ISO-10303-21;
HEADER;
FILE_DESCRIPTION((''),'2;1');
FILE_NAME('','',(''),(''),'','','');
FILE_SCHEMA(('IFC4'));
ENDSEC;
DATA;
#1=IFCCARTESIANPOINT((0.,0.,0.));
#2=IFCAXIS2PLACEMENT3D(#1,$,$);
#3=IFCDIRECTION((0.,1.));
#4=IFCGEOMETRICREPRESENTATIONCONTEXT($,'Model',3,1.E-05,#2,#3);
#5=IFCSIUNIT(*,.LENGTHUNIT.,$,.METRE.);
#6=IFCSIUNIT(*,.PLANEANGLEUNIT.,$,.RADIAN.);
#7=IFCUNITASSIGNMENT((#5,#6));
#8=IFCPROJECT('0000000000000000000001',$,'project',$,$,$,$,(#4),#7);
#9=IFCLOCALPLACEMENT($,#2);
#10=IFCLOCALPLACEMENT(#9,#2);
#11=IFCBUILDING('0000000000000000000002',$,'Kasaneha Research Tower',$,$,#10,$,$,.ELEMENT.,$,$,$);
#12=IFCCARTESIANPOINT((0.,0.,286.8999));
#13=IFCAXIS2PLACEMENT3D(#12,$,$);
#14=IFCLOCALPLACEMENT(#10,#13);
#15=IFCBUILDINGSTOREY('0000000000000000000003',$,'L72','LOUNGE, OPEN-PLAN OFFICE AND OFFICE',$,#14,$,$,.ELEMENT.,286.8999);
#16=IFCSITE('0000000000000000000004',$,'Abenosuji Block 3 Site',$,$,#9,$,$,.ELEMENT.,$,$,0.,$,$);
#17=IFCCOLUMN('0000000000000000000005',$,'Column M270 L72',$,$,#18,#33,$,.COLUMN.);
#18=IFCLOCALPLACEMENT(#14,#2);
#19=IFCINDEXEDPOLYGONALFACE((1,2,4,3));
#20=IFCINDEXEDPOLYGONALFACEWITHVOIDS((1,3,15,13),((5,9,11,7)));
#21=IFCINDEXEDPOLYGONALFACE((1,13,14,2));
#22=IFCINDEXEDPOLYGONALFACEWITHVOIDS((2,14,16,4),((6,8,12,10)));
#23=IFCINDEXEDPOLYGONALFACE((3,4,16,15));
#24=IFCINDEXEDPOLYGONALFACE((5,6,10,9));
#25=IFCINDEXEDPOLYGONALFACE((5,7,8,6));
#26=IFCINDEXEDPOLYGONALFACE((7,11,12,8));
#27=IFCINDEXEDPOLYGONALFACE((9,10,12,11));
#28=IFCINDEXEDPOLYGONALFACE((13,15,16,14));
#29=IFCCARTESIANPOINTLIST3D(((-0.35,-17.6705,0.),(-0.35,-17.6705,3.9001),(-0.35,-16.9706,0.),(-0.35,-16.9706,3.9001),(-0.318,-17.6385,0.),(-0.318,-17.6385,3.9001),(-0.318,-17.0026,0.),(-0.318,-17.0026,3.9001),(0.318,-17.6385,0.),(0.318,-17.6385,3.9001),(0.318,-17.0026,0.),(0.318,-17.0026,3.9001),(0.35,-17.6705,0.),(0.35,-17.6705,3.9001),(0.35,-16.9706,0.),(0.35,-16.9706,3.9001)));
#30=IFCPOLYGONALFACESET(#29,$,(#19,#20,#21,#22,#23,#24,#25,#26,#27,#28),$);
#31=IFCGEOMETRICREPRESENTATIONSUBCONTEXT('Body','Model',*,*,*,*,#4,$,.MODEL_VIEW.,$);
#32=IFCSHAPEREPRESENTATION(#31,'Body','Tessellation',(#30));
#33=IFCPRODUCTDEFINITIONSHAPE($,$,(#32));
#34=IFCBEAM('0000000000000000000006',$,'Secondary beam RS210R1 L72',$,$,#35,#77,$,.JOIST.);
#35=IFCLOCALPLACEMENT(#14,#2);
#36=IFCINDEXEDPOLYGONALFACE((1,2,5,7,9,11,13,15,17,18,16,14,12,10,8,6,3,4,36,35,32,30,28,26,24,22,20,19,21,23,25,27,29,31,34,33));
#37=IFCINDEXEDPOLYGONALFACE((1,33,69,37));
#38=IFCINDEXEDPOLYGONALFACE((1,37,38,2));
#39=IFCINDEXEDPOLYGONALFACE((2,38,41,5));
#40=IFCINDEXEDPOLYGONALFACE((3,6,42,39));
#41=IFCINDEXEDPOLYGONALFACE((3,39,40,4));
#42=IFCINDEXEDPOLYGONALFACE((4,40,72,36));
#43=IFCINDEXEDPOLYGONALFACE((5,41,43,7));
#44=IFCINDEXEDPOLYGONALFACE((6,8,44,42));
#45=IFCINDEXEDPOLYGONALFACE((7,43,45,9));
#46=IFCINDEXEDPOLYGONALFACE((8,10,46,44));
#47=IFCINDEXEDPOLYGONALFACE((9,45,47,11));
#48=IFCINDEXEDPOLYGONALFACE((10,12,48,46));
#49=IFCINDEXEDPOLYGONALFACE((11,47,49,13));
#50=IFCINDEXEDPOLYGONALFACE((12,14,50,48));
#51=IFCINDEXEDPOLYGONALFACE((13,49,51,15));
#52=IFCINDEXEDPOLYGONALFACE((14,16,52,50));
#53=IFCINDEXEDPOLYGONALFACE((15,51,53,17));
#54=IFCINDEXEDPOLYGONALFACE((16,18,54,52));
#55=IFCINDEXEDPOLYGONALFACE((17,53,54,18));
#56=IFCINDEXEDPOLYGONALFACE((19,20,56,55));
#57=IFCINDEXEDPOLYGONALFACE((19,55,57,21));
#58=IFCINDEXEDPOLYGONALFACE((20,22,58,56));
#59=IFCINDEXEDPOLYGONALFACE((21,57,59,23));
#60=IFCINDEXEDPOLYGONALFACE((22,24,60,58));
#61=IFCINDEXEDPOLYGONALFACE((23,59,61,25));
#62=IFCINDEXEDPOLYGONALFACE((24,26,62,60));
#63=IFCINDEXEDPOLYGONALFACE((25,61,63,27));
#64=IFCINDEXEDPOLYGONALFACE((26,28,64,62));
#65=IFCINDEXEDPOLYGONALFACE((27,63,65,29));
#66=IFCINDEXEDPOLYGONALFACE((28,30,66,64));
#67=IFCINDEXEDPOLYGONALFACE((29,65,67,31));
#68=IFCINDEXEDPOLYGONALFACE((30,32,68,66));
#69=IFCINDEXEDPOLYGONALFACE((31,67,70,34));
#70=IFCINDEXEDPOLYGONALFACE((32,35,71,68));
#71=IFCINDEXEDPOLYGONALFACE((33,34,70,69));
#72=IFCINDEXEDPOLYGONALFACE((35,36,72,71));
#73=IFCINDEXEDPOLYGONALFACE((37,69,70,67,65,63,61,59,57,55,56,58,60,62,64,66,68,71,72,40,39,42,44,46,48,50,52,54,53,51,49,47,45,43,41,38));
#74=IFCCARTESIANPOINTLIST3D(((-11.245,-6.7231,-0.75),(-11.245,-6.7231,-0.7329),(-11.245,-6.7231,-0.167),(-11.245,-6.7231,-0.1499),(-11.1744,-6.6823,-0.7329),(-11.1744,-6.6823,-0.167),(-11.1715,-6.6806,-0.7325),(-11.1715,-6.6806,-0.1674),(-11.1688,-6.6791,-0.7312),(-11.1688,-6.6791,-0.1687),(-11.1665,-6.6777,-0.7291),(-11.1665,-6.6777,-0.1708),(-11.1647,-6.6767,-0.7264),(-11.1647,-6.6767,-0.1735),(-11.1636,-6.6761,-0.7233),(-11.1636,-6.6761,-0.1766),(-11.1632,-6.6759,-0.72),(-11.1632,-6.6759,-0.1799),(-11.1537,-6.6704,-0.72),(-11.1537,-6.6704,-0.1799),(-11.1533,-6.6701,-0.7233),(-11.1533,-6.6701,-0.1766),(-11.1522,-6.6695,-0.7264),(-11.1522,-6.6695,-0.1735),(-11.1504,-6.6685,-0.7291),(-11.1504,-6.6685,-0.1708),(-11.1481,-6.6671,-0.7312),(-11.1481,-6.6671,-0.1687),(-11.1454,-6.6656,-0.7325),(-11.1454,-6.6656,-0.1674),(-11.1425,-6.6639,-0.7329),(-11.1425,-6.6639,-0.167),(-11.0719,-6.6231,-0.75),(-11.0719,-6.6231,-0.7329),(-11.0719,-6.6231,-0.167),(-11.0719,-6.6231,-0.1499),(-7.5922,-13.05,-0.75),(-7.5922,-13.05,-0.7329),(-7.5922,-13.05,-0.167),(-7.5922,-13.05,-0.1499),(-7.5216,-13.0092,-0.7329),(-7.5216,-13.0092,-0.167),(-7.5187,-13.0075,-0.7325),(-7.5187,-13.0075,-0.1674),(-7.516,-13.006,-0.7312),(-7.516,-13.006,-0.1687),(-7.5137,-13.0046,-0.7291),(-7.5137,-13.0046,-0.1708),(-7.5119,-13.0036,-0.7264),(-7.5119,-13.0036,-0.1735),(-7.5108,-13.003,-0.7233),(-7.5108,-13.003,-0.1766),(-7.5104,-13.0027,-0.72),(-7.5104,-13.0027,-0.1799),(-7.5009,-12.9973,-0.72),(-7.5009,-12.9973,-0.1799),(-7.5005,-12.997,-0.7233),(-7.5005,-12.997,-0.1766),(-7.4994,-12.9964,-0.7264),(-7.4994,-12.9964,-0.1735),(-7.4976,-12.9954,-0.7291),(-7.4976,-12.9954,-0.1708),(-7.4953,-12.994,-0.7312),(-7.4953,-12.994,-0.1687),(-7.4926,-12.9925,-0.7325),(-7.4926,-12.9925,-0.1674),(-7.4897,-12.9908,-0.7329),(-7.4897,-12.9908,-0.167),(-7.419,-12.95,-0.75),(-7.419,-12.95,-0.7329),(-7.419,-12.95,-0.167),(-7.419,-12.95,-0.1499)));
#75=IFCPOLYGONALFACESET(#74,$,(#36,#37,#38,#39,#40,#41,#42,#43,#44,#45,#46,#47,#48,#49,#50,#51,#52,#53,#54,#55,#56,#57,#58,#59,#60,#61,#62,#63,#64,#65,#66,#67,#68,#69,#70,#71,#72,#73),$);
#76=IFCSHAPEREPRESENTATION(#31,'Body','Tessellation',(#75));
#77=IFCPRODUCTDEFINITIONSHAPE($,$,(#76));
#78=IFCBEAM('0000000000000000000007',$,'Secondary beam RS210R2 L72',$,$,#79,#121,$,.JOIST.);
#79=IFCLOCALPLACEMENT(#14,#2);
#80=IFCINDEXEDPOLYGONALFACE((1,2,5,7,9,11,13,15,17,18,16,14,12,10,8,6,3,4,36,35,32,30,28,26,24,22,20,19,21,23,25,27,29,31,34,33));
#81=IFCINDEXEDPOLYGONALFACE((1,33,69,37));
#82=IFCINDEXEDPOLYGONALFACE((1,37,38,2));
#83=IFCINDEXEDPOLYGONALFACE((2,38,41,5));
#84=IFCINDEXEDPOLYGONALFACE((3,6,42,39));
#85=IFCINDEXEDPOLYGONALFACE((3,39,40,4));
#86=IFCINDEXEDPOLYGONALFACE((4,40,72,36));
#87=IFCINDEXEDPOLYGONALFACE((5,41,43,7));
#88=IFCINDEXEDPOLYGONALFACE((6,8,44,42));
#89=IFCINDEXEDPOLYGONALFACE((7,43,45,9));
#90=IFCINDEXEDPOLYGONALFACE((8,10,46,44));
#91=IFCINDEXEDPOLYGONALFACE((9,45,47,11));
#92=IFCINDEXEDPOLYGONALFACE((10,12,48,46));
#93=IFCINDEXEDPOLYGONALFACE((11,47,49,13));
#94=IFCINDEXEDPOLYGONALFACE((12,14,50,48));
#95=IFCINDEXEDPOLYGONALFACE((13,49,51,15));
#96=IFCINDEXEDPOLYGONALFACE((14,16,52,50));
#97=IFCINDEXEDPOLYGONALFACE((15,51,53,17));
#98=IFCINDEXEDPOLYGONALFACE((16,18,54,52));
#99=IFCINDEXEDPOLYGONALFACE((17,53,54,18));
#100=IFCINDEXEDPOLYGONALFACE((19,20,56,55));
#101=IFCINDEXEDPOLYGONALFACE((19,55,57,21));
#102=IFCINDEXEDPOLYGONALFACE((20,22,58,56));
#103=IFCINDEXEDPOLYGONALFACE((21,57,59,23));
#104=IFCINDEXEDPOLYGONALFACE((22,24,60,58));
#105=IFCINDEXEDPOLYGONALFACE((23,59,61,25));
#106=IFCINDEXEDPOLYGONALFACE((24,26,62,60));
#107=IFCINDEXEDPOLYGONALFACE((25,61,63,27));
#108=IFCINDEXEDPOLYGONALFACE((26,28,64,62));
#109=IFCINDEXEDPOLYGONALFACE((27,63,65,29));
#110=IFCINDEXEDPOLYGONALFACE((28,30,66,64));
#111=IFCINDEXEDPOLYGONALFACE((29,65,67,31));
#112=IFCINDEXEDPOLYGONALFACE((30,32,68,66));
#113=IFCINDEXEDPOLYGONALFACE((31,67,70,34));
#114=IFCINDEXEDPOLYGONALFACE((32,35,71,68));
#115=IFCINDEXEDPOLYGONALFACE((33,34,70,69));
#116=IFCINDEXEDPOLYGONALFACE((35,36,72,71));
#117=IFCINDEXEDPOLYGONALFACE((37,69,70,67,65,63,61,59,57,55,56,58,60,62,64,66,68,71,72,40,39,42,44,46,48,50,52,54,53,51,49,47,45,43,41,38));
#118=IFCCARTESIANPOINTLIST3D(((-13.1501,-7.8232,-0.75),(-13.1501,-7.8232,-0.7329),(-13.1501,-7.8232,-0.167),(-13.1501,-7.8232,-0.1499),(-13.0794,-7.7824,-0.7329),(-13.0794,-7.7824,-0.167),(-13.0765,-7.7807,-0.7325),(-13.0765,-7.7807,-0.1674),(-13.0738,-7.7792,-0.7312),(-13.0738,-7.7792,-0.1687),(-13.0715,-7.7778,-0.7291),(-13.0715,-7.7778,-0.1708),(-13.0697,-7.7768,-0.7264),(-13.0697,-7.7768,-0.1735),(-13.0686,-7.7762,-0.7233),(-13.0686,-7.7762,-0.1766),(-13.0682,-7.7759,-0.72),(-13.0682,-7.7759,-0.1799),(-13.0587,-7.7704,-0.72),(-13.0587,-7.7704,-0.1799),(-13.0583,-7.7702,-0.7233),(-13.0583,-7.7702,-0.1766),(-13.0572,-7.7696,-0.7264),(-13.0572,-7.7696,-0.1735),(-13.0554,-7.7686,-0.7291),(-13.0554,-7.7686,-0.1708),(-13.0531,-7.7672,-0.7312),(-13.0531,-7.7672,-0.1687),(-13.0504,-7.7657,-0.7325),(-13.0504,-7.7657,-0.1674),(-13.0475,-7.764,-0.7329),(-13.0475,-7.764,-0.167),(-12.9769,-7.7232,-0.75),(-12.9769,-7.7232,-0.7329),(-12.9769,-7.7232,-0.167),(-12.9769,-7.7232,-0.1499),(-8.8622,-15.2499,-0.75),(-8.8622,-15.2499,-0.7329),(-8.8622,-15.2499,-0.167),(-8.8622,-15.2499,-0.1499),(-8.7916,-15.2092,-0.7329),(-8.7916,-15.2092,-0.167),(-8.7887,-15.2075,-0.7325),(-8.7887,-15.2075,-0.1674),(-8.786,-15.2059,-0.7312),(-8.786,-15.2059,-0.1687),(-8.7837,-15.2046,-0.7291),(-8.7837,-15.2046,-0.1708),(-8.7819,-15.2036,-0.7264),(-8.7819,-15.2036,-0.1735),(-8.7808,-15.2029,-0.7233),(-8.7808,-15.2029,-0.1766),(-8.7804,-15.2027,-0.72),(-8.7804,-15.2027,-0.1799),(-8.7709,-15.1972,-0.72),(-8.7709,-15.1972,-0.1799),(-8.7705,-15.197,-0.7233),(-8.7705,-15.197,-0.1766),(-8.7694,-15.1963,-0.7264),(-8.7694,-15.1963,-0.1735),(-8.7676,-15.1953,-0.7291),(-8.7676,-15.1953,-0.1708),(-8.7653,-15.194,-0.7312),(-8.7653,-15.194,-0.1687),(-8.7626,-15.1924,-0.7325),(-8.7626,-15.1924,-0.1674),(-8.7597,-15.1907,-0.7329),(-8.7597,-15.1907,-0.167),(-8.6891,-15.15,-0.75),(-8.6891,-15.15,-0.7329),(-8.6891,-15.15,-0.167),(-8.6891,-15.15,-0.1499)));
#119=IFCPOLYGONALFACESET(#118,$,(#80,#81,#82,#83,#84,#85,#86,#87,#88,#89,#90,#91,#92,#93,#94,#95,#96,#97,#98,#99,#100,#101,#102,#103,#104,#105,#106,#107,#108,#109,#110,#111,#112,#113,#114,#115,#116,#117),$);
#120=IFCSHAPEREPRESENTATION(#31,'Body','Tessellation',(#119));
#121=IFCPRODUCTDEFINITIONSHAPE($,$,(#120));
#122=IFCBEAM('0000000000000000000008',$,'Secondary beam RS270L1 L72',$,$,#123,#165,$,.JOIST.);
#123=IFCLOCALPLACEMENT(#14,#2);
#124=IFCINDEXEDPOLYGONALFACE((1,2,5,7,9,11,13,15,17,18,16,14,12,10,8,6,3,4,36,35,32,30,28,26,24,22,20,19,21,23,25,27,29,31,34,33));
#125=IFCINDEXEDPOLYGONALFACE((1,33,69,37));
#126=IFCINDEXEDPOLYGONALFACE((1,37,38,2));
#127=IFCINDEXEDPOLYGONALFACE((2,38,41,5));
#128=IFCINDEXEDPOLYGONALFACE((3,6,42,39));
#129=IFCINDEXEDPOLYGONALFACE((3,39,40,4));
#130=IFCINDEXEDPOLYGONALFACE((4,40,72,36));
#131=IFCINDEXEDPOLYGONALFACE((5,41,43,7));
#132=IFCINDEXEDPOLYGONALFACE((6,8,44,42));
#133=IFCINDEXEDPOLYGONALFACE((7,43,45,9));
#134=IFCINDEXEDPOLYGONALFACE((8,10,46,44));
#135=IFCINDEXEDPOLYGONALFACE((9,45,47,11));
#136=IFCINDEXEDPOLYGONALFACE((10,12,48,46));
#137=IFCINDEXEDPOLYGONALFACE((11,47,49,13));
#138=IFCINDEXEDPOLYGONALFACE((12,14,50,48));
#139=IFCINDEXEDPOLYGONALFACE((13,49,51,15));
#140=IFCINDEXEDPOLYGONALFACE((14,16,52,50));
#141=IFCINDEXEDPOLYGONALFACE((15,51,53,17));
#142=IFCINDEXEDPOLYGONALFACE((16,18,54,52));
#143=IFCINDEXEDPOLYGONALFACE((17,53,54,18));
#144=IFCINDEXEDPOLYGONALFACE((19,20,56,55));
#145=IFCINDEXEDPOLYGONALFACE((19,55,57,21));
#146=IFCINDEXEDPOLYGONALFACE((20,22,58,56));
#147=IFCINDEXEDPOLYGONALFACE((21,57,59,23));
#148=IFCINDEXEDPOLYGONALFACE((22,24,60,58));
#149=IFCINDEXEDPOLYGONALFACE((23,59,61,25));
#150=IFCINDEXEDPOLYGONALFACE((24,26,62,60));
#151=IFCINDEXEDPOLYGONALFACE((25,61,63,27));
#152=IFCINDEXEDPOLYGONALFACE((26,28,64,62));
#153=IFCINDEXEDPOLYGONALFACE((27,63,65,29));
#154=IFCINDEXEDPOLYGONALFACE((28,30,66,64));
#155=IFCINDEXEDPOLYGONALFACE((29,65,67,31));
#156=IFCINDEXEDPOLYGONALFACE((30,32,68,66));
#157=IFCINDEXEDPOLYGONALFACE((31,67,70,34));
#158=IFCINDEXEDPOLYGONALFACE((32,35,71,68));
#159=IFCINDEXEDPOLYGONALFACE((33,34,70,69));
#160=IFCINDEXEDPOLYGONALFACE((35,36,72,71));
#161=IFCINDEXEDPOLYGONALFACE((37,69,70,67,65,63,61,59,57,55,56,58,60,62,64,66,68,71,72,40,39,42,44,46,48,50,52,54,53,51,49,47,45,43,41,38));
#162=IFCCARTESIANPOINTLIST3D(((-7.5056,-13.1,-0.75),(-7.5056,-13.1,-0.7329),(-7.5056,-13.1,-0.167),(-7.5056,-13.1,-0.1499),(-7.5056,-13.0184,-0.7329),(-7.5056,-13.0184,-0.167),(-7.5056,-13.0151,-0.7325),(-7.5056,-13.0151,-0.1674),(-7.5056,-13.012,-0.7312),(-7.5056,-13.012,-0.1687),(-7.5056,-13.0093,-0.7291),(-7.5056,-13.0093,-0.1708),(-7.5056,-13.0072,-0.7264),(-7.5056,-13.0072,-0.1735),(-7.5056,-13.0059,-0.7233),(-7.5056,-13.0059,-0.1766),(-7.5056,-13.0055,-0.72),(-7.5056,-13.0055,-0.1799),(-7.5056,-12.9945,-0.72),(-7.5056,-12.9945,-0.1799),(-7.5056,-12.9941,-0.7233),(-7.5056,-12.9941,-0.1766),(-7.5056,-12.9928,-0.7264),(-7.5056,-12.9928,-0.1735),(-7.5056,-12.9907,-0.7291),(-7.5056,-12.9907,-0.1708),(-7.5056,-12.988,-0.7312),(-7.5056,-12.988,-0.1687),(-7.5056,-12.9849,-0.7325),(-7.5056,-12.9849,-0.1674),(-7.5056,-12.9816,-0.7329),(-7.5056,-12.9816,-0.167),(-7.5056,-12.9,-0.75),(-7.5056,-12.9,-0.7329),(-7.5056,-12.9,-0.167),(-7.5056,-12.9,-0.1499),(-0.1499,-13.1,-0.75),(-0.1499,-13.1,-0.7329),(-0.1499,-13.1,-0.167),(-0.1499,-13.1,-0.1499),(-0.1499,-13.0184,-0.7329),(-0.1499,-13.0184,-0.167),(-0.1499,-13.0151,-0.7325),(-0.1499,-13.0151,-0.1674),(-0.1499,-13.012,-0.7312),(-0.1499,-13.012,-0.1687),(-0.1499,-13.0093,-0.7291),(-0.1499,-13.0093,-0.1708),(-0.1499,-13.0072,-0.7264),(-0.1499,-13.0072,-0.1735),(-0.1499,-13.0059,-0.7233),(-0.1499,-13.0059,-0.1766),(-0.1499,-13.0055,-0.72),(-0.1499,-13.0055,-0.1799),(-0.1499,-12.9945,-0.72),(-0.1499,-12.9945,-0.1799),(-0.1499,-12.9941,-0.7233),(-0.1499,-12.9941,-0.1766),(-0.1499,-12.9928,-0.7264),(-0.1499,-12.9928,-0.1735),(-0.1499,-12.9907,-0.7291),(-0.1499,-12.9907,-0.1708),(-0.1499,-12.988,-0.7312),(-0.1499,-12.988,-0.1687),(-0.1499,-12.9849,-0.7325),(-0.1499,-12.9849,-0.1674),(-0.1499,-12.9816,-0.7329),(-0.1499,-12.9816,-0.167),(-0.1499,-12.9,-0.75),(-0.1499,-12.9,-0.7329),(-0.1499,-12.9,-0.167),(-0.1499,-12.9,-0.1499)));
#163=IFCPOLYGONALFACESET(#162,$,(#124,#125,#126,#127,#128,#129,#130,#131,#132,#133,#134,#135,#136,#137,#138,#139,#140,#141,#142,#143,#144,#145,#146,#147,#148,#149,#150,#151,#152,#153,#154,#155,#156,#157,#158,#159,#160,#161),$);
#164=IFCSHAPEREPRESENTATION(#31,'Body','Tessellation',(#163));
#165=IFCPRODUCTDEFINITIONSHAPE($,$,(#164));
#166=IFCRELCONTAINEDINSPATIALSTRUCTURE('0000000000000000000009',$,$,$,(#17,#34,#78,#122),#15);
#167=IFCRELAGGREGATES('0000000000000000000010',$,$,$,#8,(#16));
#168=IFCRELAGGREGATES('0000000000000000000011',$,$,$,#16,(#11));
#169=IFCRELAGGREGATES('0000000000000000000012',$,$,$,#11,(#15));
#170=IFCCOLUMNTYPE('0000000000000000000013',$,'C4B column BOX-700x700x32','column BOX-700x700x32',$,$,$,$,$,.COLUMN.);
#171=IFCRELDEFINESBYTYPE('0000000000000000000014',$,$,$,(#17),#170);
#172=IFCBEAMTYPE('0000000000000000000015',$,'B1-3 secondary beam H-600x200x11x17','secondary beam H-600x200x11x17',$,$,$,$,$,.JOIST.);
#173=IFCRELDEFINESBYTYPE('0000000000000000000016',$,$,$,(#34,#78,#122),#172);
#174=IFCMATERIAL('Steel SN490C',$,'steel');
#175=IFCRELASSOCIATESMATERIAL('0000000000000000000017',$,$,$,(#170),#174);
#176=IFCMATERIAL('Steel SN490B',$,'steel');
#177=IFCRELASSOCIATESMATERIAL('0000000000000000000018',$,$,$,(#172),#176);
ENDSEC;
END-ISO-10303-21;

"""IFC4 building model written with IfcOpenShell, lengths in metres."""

from ifc_helpers import new_model, si_unit, direction, frame, origin, origin_2d, place, context, subcontext, project, spatial, hollow_rectangle, i_section, extrude, material, material_profile, profile_set, type_object, element, save


model = new_model("IFC4")

# Units and contexts
model_context = context("Model", 3, precision=1e-05, world=origin(), true_north=direction((0.0, 1.0)))
body_context = subcontext(model_context, "Body", "Model", "MODEL_VIEW")
ifc_project = project(units=[si_unit("LENGTHUNIT", "METRE"), si_unit("PLANEANGLEUNIT", "RADIAN")], contexts=[model_context])

# Site, building, storey
site_placement = place(None, origin())
site = spatial("IfcSite", under=ifc_project, at=site_placement, Name="Abenosuji Block 3 Site", CompositionType="ELEMENT", RefElevation=0.0)
building_placement = place(site_placement, origin())
building = spatial("IfcBuilding", under=site, at=building_placement, Name="Kasaneha Research Tower", CompositionType="ELEMENT")
storey_placement = place(building_placement, frame((0.0, 0.0, 286.8999)))
storey = spatial("IfcBuildingStorey", under=building, at=storey_placement, Name="L72", Description="LOUNGE, OPEN-PLAN OFFICE AND OFFICE", CompositionType="ELEMENT", Elevation=286.8999)

# Column
ifc_material_1 = material(Name="Steel SN490C", Category="steel")
ifc_material_profile_1 = material_profile(ifc_material_1, hollow_rectangle(XDim=0.7, YDim=0.7, WallThickness=0.032, at=origin_2d()), Name="BOX-700x700x32")
ifc_profile_set_1 = profile_set([ifc_material_profile_1], Name="Steel SN490C")
column_type = type_object("IfcColumnType", Name="C4B column BOX-700x700x32", Description="column BOX-700x700x32", PredefinedType="COLUMN", material=ifc_profile_set_1)
column_placement = place(storey_placement, frame((0.0, -17.3206, 0.0), z_axis=(0.0, 0.0, 1.0), x_axis=(1.0, 0.0, 0.0)))
element("IfcColumn", 1, at=column_placement, inside=storey, type_object=column_type, Name="Column M270 L72", PredefinedType="COLUMN", context=body_context, shape_type="SweptSolid", body=[
    extrude(hollow_rectangle(XDim=0.7, YDim=0.7, WallThickness=0.032, at=origin_2d()), origin(), (0.0, 0.0, 1.0), 3.9001),
])

# Beams
ifc_material_2 = material(Name="Steel SN490B", Category="steel")
ifc_material_profile_2 = material_profile(ifc_material_2, i_section(OverallWidth=0.2, OverallDepth=0.6001, WebThickness=0.011, FlangeThickness=0.0171, FilletRadius=0.0129, at=origin_2d()), Name="H-600x200x11x17")
ifc_profile_set_2 = profile_set([ifc_material_profile_2], Name="Steel SN490B")
beam_type_1 = type_object("IfcBeamType", Name="B1-3 secondary beam H-600x200x11x17", Description="secondary beam H-600x200x11x17", PredefinedType="JOIST", material=ifc_profile_set_2)
beam_1_placement = place(storey_placement, frame((-7.5056, -13.0, -0.45), z_axis=(-0.499999, 0.866026, 0.0), x_axis=(-0.866026, -0.499999, 0.0)))
element("IfcBeam", 2, at=beam_1_placement, inside=storey, type_object=beam_type_1, Name="Secondary beam RS210R1 L72", PredefinedType="JOIST", context=body_context, shape_type="SweptSolid", body=[
    extrude(i_section(OverallWidth=0.2, OverallDepth=0.6001, WebThickness=0.011, FlangeThickness=0.0171, FilletRadius=0.0129, at=origin_2d()), origin(), (0.0, 0.0, 1.0), 7.3057),
])
beam_2_placement = place(storey_placement, frame((-8.7756, -15.2, -0.45), z_axis=(-0.5, 0.866025, 0.0), x_axis=(-0.866025, -0.5, 0.0)))
element("IfcBeam", 3, at=beam_2_placement, inside=storey, type_object=beam_type_1, Name="Secondary beam RS210R2 L72", PredefinedType="JOIST", context=body_context, shape_type="SweptSolid", body=[
    extrude(i_section(OverallWidth=0.2, OverallDepth=0.6001, WebThickness=0.011, FlangeThickness=0.0171, FilletRadius=0.0129, at=origin_2d()), origin(), (0.0, 0.0, 1.0), 8.5757),
])
beam_3_placement = place(storey_placement, frame((-7.5056, -13.0, -0.45), z_axis=(1.0, 0.0, 0.0), x_axis=(0.0, 1.0, 0.0)))
element("IfcBeam", 4, at=beam_3_placement, inside=storey, type_object=beam_type_1, Name="Secondary beam RS270L1 L72", PredefinedType="JOIST", context=body_context, shape_type="SweptSolid", body=[
    extrude(i_section(OverallWidth=0.2, OverallDepth=0.6001, WebThickness=0.011, FlangeThickness=0.0171, FilletRadius=0.0129, at=origin_2d()), origin(), (0.0, 0.0, 1.0), 7.3557),
])

save(model, "model.ifc")
